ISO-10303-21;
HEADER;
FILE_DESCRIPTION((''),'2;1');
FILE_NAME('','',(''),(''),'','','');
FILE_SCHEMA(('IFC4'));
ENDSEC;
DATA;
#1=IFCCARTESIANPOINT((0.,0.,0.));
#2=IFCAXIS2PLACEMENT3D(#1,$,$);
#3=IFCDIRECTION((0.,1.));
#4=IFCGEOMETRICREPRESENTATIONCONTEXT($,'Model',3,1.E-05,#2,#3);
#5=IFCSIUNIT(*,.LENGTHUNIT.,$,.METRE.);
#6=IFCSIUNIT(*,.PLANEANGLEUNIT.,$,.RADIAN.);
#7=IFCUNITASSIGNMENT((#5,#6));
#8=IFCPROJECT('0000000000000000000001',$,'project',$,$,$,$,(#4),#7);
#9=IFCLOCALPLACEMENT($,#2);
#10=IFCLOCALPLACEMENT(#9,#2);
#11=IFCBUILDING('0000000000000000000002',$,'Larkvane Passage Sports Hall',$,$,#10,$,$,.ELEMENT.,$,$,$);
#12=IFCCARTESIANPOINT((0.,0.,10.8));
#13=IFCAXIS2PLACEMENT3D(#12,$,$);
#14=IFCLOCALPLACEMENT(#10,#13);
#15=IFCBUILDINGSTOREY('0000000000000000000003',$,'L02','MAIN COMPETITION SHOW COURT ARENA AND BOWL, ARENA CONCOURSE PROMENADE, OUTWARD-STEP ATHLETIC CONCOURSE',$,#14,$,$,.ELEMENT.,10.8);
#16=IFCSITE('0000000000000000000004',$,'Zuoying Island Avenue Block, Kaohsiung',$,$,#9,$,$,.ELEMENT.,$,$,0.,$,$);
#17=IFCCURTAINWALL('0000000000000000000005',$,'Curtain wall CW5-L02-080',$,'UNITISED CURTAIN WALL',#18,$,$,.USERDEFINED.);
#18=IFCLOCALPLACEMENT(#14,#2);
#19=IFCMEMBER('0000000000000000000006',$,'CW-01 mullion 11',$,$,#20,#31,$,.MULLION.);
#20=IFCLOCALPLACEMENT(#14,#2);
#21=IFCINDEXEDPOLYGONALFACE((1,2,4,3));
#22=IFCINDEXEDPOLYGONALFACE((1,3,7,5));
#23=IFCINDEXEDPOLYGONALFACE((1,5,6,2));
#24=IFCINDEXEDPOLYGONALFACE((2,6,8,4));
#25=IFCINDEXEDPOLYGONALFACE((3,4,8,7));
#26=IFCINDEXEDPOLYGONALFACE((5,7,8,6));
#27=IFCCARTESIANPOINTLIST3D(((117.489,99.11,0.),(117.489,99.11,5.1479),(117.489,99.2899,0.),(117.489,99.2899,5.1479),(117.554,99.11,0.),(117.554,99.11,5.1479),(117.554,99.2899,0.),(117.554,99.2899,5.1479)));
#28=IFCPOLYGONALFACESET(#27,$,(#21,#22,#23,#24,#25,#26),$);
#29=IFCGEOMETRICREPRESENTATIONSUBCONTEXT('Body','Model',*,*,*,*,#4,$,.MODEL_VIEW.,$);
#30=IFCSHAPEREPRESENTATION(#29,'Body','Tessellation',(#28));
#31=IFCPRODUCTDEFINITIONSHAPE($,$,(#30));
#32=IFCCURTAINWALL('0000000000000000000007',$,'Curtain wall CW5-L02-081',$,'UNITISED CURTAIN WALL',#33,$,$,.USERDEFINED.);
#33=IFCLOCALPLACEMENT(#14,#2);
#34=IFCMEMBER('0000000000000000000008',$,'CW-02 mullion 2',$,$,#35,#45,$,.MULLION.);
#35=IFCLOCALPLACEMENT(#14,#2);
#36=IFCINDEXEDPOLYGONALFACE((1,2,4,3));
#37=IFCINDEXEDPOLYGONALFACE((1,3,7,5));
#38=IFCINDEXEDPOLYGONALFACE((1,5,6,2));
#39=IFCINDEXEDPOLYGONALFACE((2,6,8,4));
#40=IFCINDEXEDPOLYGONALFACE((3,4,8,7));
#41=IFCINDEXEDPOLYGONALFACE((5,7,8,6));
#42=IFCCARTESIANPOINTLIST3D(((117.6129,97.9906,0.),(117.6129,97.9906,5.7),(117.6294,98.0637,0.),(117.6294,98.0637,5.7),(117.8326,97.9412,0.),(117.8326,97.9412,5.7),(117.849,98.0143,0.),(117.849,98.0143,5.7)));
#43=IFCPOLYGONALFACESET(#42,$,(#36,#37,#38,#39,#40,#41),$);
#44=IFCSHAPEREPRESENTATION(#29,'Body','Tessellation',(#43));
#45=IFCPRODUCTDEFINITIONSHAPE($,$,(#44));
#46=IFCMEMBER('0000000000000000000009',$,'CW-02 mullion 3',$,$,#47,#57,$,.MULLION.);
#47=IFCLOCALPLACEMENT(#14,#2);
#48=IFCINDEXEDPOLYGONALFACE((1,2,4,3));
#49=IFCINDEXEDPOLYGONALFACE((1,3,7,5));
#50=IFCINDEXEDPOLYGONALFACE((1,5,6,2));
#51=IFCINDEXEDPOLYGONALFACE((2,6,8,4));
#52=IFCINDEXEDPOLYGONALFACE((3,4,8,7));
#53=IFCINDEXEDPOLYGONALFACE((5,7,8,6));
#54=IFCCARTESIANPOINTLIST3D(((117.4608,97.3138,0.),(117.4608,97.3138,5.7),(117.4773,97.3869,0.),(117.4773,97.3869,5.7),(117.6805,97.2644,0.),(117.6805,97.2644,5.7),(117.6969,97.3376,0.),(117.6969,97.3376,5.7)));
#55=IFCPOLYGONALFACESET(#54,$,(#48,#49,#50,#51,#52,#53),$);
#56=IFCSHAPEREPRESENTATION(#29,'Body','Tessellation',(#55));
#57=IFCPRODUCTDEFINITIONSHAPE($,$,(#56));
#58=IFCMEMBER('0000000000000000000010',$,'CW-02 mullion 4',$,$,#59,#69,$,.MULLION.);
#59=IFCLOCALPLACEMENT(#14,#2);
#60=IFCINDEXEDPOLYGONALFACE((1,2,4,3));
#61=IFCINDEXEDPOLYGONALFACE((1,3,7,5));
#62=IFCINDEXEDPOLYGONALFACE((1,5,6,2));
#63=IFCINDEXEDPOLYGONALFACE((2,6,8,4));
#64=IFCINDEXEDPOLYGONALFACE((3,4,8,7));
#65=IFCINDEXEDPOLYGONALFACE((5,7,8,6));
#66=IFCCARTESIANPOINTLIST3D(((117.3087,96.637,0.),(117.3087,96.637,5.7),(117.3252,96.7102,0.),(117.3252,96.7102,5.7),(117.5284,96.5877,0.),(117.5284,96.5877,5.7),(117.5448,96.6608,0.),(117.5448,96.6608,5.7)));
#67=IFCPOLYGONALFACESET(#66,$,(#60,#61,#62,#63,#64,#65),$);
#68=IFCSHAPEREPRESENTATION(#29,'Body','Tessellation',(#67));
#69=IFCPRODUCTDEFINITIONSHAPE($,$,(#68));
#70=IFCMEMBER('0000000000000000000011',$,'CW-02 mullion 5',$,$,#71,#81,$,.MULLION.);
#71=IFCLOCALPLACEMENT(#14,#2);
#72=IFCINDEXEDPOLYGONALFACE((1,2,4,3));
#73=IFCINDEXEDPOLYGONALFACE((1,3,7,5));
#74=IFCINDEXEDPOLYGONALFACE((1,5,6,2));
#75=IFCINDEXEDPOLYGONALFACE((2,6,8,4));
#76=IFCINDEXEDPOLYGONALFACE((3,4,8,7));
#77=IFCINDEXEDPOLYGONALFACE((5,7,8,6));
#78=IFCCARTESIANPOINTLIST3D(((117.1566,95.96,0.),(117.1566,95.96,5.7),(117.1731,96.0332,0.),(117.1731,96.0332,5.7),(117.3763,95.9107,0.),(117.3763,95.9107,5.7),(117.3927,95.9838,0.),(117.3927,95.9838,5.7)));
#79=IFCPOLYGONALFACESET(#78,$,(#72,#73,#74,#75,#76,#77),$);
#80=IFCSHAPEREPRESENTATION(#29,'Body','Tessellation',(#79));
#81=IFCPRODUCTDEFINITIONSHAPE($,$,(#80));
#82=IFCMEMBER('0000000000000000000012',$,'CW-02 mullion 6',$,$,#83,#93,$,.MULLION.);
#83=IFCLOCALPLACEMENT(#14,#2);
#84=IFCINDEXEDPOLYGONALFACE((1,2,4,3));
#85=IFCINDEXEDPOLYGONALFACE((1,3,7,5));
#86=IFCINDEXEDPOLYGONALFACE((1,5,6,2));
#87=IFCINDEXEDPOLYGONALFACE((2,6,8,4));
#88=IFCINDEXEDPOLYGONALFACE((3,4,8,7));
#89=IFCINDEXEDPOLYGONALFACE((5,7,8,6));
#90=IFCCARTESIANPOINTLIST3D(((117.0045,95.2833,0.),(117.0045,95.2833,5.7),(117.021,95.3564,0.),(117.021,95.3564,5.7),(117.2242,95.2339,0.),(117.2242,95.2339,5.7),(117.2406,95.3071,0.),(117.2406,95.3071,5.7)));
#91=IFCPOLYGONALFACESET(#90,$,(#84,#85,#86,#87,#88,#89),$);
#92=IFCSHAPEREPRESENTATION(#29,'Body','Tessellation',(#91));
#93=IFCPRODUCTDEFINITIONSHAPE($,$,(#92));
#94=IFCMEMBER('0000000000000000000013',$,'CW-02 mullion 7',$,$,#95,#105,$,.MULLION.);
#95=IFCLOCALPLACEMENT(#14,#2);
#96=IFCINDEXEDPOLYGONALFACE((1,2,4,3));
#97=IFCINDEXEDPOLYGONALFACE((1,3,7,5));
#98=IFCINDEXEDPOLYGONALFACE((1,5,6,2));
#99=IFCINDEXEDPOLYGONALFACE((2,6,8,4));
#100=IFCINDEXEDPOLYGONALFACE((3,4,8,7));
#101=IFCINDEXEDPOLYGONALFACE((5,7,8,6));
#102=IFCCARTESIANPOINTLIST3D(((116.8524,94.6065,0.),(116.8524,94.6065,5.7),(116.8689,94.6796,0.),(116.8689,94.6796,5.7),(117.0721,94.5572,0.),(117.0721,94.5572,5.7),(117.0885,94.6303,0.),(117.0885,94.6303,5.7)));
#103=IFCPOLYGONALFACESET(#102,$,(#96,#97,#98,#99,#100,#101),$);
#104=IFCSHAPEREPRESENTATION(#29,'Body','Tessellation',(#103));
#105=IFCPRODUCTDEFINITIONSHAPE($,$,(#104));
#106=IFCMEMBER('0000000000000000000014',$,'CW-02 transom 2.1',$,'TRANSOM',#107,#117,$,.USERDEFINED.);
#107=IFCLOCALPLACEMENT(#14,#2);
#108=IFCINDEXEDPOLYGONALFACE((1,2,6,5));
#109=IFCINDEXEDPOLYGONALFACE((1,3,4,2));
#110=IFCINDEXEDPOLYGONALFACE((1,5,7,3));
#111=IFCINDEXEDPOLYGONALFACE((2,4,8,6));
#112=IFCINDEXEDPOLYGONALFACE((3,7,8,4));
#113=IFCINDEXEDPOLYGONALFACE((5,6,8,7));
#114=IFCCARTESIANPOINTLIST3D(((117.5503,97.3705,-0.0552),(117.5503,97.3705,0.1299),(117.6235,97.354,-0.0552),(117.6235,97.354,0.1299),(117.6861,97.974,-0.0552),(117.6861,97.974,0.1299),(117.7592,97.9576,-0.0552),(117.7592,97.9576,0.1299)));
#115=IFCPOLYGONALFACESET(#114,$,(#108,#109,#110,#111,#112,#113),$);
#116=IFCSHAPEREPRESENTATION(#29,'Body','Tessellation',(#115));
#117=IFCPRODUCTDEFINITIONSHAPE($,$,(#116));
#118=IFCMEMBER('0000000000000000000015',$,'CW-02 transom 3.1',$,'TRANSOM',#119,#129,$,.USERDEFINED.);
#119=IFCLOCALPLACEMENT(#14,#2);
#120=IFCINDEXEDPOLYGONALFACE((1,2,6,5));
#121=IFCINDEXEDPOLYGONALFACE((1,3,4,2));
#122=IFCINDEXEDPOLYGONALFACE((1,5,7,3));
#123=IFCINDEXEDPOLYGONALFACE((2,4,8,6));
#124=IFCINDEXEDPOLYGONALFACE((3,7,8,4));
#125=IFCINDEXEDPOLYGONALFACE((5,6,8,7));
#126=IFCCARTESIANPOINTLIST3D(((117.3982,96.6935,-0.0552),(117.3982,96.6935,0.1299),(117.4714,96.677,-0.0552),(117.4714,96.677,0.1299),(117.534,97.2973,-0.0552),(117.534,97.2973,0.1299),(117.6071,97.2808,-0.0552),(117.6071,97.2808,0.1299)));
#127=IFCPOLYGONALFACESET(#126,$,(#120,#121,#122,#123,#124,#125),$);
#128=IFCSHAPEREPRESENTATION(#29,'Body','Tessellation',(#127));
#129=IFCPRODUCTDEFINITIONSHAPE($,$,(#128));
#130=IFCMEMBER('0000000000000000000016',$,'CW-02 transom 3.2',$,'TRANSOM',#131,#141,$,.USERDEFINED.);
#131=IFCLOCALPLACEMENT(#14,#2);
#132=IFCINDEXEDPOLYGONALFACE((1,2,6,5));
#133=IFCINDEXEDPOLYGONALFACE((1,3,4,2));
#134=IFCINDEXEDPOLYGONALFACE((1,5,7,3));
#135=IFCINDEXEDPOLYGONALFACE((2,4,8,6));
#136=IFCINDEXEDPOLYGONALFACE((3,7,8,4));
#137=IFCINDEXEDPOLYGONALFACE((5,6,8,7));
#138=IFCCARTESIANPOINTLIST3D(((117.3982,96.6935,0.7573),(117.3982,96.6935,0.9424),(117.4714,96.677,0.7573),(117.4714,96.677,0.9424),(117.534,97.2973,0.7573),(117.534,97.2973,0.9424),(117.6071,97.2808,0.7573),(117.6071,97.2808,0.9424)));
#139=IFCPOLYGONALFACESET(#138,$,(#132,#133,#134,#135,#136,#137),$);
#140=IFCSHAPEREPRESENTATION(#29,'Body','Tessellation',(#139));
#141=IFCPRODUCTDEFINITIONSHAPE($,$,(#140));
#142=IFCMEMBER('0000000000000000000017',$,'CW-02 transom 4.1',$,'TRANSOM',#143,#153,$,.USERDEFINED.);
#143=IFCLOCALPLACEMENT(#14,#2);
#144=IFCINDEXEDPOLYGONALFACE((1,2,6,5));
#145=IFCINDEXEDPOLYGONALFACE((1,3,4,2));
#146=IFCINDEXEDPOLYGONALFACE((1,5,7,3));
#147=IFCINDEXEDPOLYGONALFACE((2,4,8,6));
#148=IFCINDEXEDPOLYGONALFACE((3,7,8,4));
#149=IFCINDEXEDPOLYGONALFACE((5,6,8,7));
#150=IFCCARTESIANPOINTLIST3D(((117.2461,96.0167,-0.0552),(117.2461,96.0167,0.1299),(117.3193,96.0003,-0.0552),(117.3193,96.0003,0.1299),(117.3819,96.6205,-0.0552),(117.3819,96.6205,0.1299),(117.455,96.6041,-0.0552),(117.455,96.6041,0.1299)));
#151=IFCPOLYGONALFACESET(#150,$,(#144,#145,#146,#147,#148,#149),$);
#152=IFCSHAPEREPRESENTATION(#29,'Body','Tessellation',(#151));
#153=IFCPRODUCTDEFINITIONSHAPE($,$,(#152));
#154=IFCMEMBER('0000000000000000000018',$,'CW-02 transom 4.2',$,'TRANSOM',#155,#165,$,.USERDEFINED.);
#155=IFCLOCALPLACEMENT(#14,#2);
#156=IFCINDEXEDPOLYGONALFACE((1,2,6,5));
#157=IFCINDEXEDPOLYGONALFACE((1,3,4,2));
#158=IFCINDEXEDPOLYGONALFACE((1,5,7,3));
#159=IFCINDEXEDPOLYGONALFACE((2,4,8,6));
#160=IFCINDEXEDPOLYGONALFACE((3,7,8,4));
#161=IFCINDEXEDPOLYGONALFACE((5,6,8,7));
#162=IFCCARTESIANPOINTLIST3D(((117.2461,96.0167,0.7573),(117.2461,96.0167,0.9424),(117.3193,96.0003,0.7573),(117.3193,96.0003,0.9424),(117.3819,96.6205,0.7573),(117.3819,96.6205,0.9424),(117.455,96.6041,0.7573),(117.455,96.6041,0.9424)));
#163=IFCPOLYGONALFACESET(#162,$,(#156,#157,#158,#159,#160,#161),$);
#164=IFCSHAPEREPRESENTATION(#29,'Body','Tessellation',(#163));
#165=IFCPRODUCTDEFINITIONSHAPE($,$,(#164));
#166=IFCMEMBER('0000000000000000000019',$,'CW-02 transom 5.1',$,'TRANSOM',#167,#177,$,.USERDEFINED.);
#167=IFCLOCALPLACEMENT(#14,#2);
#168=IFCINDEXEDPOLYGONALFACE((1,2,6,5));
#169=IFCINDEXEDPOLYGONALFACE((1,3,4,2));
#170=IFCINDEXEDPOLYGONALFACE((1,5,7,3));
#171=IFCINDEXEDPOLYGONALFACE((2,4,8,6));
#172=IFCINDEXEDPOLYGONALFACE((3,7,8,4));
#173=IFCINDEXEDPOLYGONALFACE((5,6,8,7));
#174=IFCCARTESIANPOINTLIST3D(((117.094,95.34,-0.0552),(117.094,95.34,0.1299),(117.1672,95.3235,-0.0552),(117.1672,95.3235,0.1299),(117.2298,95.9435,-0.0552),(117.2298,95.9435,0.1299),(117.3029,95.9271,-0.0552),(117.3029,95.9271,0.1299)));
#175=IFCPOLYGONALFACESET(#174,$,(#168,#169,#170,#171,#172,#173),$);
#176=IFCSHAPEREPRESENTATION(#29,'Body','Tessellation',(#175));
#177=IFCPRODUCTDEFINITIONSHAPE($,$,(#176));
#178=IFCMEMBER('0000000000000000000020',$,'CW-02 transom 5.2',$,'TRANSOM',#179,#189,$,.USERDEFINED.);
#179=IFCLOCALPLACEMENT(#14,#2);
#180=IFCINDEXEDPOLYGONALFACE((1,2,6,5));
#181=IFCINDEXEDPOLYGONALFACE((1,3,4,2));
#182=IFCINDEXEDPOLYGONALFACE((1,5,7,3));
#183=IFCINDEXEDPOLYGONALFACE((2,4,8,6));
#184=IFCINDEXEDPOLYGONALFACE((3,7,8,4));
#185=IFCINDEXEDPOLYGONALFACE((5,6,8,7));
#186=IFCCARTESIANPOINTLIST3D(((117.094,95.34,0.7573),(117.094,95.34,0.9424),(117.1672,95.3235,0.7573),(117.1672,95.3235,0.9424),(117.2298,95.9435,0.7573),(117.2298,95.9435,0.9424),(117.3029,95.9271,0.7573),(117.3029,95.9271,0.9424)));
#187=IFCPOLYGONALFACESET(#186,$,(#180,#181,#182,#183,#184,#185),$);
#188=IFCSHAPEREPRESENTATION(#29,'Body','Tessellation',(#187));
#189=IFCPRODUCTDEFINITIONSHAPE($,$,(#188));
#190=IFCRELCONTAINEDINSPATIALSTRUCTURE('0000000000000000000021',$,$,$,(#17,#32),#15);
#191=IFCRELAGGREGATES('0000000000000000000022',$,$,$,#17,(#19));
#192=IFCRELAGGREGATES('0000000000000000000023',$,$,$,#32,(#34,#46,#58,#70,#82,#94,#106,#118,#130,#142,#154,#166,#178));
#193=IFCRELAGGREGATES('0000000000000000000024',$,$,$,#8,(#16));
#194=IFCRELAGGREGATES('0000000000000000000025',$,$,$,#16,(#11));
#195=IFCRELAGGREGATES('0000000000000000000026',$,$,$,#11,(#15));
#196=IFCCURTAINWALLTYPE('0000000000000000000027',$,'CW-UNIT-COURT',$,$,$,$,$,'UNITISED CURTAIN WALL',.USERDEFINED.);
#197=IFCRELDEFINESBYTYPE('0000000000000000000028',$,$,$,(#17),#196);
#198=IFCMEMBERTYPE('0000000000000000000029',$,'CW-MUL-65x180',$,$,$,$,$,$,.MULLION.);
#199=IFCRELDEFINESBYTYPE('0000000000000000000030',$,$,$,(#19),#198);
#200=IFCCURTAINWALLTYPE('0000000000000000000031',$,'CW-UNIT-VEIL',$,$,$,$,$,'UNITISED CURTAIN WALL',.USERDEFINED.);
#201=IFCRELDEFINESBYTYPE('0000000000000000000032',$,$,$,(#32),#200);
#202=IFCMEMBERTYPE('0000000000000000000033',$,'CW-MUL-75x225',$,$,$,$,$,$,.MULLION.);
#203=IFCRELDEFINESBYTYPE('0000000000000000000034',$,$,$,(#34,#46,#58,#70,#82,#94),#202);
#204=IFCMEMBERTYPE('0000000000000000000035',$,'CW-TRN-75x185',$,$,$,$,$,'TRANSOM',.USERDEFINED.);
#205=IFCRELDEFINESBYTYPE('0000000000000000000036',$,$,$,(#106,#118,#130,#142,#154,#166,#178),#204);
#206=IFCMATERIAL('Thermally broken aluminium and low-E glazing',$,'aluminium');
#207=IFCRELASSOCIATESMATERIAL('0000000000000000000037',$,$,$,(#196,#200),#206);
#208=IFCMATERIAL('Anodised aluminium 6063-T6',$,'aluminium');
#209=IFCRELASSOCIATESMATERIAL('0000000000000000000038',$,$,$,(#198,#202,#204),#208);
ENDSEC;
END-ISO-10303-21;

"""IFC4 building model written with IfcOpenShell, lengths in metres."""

from ifc_helpers import new_model, si_unit, direction, frame, origin, origin_2d, place, context, subcontext, project, spatial, rectangle, extrude, material, material_profile, profile_set, type_object, element, aggregate, save


model = new_model("IFC4")

# Units and contexts
model_context = context("Model", 3, precision=1e-05, world=origin(), true_north=direction((0.0, 1.0)))
body_context = subcontext(model_context, "Body", "Model", "MODEL_VIEW")
ifc_project = project(units=[si_unit("LENGTHUNIT", "METRE"), si_unit("PLANEANGLEUNIT", "RADIAN")], contexts=[model_context])

# Site, building, storey
site_placement = place(None, origin())
site = spatial("IfcSite", under=ifc_project, at=site_placement, Name="Zuoying Island Avenue Block, Kaohsiung", CompositionType="ELEMENT", RefElevation=0.0)
building_placement = place(site_placement, origin())
building = spatial("IfcBuilding", under=site, at=building_placement, Name="Larkvane Passage Sports Hall", CompositionType="ELEMENT")
storey_placement = place(building_placement, frame((0.0, 0.0, 10.8)))
storey = spatial("IfcBuildingStorey", under=building, at=storey_placement, Name="L02", Description="MAIN COMPETITION SHOW COURT ARENA AND BOWL, ARENA CONCOURSE PROMENADE, OUTWARD-STEP ATHLETIC CONCOURSE", CompositionType="ELEMENT", Elevation=10.8)

# Curtain wall, member
ifc_material_1 = material(Name="Thermally broken aluminium and low-E glazing", Category="aluminium")
curtain_wall_type_1 = type_object("IfcCurtainWallType", Name="CW-UNIT-COURT", ElementType="UNITISED CURTAIN WALL", PredefinedType="USERDEFINED", material=ifc_material_1)
curtain_wall_1_placement = place(storey_placement, origin())
curtain_wall_1 = element("IfcCurtainWall", 1, at=curtain_wall_1_placement, inside=storey, type_object=curtain_wall_type_1, Name="Curtain wall CW5-L02-080", ObjectType="UNITISED CURTAIN WALL", PredefinedType="USERDEFINED")
ifc_material_2 = material(Name="Anodised aluminium 6063-T6", Category="aluminium")
ifc_material_profile_1 = material_profile(ifc_material_2, rectangle(XDim=0.0649, YDim=0.1799, at=origin_2d()), Name="ALU-MUL-65x180")
ifc_profile_set_1 = profile_set([ifc_material_profile_1], Name="Anodised aluminium 6063-T6")
member_type_1 = type_object("IfcMemberType", Name="CW-MUL-65x180", PredefinedType="MULLION", material=ifc_profile_set_1)
member_1_placement = place(storey_placement, frame((117.5215, 99.2, 0.0), z_axis=(0.0, 0.0, 1.0), x_axis=(1.0, 0.0, 0.0)))
member_1 = element("IfcMember", 2, at=member_1_placement, type_object=member_type_1, Name="CW-01 mullion 11", PredefinedType="MULLION", context=body_context, shape_type="SweptSolid", body=[
    extrude(rectangle(XDim=0.0649, YDim=0.1799, at=origin_2d()), origin(), (0.0, 0.0, 1.0), 5.1479),
])

# Curtain wall, members
curtain_wall_type_2 = type_object("IfcCurtainWallType", Name="CW-UNIT-VEIL", ElementType="UNITISED CURTAIN WALL", PredefinedType="USERDEFINED", material=ifc_material_1)
curtain_wall_2_placement = place(storey_placement, origin())
curtain_wall_2 = element("IfcCurtainWall", 3, at=curtain_wall_2_placement, inside=storey, type_object=curtain_wall_type_2, Name="Curtain wall CW5-L02-081", ObjectType="UNITISED CURTAIN WALL", PredefinedType="USERDEFINED")
ifc_material_profile_2 = material_profile(ifc_material_2, rectangle(XDim=0.075, YDim=0.2251, at=origin_2d()), Name="ALU-MUL-75x225")
ifc_profile_set_2 = profile_set([ifc_material_profile_2], Name="Anodised aluminium 6063-T6")
member_type_2 = type_object("IfcMemberType", Name="CW-MUL-75x225", PredefinedType="MULLION", material=ifc_profile_set_2)
member_2_placement = place(storey_placement, frame((117.731, 98.0024, 0.0), z_axis=(0.0, 0.0, 1.0), x_axis=(-0.219257, -0.975667, 0.0)))
member_2 = element("IfcMember", 4, at=member_2_placement, type_object=member_type_2, Name="CW-02 mullion 2", PredefinedType="MULLION", context=body_context, shape_type="SweptSolid", body=[
    extrude(rectangle(XDim=0.075, YDim=0.2251, at=origin_2d()), origin(), (0.0, 0.0, 1.0), 5.7),
])
member_3_placement = place(storey_placement, frame((117.5789, 97.3257, 0.0), z_axis=(0.0, 0.0, 1.0), x_axis=(-0.219257, -0.975667, 0.0)))
member_3 = element("IfcMember", 5, at=member_3_placement, type_object=member_type_2, Name="CW-02 mullion 3", PredefinedType="MULLION", context=body_context, shape_type="SweptSolid", body=[
    extrude(rectangle(XDim=0.075, YDim=0.2251, at=origin_2d()), origin(), (0.0, 0.0, 1.0), 5.7),
])
member_4_placement = place(storey_placement, frame((117.4268, 96.6489, 0.0), z_axis=(0.0, 0.0, 1.0), x_axis=(-0.219257, -0.975667, 0.0)))
member_4 = element("IfcMember", 6, at=member_4_placement, type_object=member_type_2, Name="CW-02 mullion 4", PredefinedType="MULLION", context=body_context, shape_type="SweptSolid", body=[
    extrude(rectangle(XDim=0.075, YDim=0.2251, at=origin_2d()), origin(), (0.0, 0.0, 1.0), 5.7),
])
member_5_placement = place(storey_placement, frame((117.2747, 95.9719, 0.0), z_axis=(0.0, 0.0, 1.0), x_axis=(-0.219257, -0.975667, 0.0)))
member_5 = element("IfcMember", 7, at=member_5_placement, type_object=member_type_2, Name="CW-02 mullion 5", PredefinedType="MULLION", context=body_context, shape_type="SweptSolid", body=[
    extrude(rectangle(XDim=0.075, YDim=0.2251, at=origin_2d()), origin(), (0.0, 0.0, 1.0), 5.7),
])
member_6_placement = place(storey_placement, frame((117.1226, 95.2952, 0.0), z_axis=(0.0, 0.0, 1.0), x_axis=(-0.219257, -0.975667, 0.0)))
member_6 = element("IfcMember", 8, at=member_6_placement, type_object=member_type_2, Name="CW-02 mullion 6", PredefinedType="MULLION", context=body_context, shape_type="SweptSolid", body=[
    extrude(rectangle(XDim=0.075, YDim=0.2251, at=origin_2d()), origin(), (0.0, 0.0, 1.0), 5.7),
])
member_7_placement = place(storey_placement, frame((116.9705, 94.6184, 0.0), z_axis=(0.0, 0.0, 1.0), x_axis=(-0.219257, -0.975667, 0.0)))
member_7 = element("IfcMember", 9, at=member_7_placement, type_object=member_type_2, Name="CW-02 mullion 7", PredefinedType="MULLION", context=body_context, shape_type="SweptSolid", body=[
    extrude(rectangle(XDim=0.075, YDim=0.2251, at=origin_2d()), origin(), (0.0, 0.0, 1.0), 5.7),
])
ifc_material_profile_3 = material_profile(ifc_material_2, rectangle(XDim=0.075, YDim=0.1851, at=origin_2d()), Name="ALU-TRN-75x185")
ifc_profile_set_3 = profile_set([ifc_material_profile_3], Name="Anodised aluminium 6063-T6")
member_type_3 = type_object("IfcMemberType", Name="CW-TRN-75x185", ElementType="TRANSOM", PredefinedType="USERDEFINED", material=ifc_profile_set_3)
member_8_placement = place(storey_placement, frame((117.7227, 97.9658, 0.0374), z_axis=(-0.219437, -0.975627, 0.0), x_axis=(0.975627, -0.219437, 0.0)))
member_8 = element("IfcMember", 10, at=member_8_placement, type_object=member_type_3, Name="CW-02 transom 2.1", ObjectType="TRANSOM", PredefinedType="USERDEFINED", context=body_context, shape_type="SweptSolid", body=[
    extrude(rectangle(XDim=0.075, YDim=0.1851, at=origin_2d()), origin(), (0.0, 0.0, 1.0), 0.6187),
])
member_9_placement = place(storey_placement, frame((117.5706, 97.2891, 0.0374), z_axis=(-0.219353, -0.975646, 0.0), x_axis=(0.975646, -0.219353, 0.0)))
member_9 = element("IfcMember", 11, at=member_9_placement, type_object=member_type_3, Name="CW-02 transom 3.1", ObjectType="TRANSOM", PredefinedType="USERDEFINED", context=body_context, shape_type="SweptSolid", body=[
    extrude(rectangle(XDim=0.075, YDim=0.1851, at=origin_2d()), origin(), (0.0, 0.0, 1.0), 0.6189),
])
member_10_placement = place(storey_placement, frame((117.5706, 97.2891, 0.8499), z_axis=(-0.219353, -0.975646, 0.0), x_axis=(0.975646, -0.219353, 0.0)))
member_10 = element("IfcMember", 12, at=member_10_placement, type_object=member_type_3, Name="CW-02 transom 3.2", ObjectType="TRANSOM", PredefinedType="USERDEFINED", context=body_context, shape_type="SweptSolid", body=[
    extrude(rectangle(XDim=0.075, YDim=0.1851, at=origin_2d()), origin(), (0.0, 0.0, 1.0), 0.6189),
])
member_11_placement = place(storey_placement, frame((117.4185, 96.6123, 0.0374), z_axis=(-0.219353, -0.975646, 0.0), x_axis=(0.975646, -0.219353, 0.0)))
member_11 = element("IfcMember", 13, at=member_11_placement, type_object=member_type_3, Name="CW-02 transom 4.1", ObjectType="TRANSOM", PredefinedType="USERDEFINED", context=body_context, shape_type="SweptSolid", body=[
    extrude(rectangle(XDim=0.075, YDim=0.1851, at=origin_2d()), origin(), (0.0, 0.0, 1.0), 0.6189),
])
member_12_placement = place(storey_placement, frame((117.4185, 96.6123, 0.8499), z_axis=(-0.219353, -0.975646, 0.0), x_axis=(0.975646, -0.219353, 0.0)))
member_12 = element("IfcMember", 14, at=member_12_placement, type_object=member_type_3, Name="CW-02 transom 4.2", ObjectType="TRANSOM", PredefinedType="USERDEFINED", context=body_context, shape_type="SweptSolid", body=[
    extrude(rectangle(XDim=0.075, YDim=0.1851, at=origin_2d()), origin(), (0.0, 0.0, 1.0), 0.6189),
])
member_13_placement = place(storey_placement, frame((117.2664, 95.9353, 0.0374), z_axis=(-0.219437, -0.975627, 0.0), x_axis=(0.975627, -0.219437, 0.0)))
member_13 = element("IfcMember", 15, at=member_13_placement, type_object=member_type_3, Name="CW-02 transom 5.1", ObjectType="TRANSOM", PredefinedType="USERDEFINED", context=body_context, shape_type="SweptSolid", body=[
    extrude(rectangle(XDim=0.075, YDim=0.1851, at=origin_2d()), origin(), (0.0, 0.0, 1.0), 0.6187),
])
member_14_placement = place(storey_placement, frame((117.2664, 95.9353, 0.8499), z_axis=(-0.219437, -0.975627, 0.0), x_axis=(0.975627, -0.219437, 0.0)))
member_14 = element("IfcMember", 16, at=member_14_placement, type_object=member_type_3, Name="CW-02 transom 5.2", ObjectType="TRANSOM", PredefinedType="USERDEFINED", context=body_context, shape_type="SweptSolid", body=[
    extrude(rectangle(XDim=0.075, YDim=0.1851, at=origin_2d()), origin(), (0.0, 0.0, 1.0), 0.6187),
])

aggregate(curtain_wall_1, [member_1])
aggregate(curtain_wall_2, [member_2, member_3, member_4, member_5, member_6, member_7, member_8, member_9, member_10, member_11, member_12, member_13, member_14])

save(model, "model.ifc")
